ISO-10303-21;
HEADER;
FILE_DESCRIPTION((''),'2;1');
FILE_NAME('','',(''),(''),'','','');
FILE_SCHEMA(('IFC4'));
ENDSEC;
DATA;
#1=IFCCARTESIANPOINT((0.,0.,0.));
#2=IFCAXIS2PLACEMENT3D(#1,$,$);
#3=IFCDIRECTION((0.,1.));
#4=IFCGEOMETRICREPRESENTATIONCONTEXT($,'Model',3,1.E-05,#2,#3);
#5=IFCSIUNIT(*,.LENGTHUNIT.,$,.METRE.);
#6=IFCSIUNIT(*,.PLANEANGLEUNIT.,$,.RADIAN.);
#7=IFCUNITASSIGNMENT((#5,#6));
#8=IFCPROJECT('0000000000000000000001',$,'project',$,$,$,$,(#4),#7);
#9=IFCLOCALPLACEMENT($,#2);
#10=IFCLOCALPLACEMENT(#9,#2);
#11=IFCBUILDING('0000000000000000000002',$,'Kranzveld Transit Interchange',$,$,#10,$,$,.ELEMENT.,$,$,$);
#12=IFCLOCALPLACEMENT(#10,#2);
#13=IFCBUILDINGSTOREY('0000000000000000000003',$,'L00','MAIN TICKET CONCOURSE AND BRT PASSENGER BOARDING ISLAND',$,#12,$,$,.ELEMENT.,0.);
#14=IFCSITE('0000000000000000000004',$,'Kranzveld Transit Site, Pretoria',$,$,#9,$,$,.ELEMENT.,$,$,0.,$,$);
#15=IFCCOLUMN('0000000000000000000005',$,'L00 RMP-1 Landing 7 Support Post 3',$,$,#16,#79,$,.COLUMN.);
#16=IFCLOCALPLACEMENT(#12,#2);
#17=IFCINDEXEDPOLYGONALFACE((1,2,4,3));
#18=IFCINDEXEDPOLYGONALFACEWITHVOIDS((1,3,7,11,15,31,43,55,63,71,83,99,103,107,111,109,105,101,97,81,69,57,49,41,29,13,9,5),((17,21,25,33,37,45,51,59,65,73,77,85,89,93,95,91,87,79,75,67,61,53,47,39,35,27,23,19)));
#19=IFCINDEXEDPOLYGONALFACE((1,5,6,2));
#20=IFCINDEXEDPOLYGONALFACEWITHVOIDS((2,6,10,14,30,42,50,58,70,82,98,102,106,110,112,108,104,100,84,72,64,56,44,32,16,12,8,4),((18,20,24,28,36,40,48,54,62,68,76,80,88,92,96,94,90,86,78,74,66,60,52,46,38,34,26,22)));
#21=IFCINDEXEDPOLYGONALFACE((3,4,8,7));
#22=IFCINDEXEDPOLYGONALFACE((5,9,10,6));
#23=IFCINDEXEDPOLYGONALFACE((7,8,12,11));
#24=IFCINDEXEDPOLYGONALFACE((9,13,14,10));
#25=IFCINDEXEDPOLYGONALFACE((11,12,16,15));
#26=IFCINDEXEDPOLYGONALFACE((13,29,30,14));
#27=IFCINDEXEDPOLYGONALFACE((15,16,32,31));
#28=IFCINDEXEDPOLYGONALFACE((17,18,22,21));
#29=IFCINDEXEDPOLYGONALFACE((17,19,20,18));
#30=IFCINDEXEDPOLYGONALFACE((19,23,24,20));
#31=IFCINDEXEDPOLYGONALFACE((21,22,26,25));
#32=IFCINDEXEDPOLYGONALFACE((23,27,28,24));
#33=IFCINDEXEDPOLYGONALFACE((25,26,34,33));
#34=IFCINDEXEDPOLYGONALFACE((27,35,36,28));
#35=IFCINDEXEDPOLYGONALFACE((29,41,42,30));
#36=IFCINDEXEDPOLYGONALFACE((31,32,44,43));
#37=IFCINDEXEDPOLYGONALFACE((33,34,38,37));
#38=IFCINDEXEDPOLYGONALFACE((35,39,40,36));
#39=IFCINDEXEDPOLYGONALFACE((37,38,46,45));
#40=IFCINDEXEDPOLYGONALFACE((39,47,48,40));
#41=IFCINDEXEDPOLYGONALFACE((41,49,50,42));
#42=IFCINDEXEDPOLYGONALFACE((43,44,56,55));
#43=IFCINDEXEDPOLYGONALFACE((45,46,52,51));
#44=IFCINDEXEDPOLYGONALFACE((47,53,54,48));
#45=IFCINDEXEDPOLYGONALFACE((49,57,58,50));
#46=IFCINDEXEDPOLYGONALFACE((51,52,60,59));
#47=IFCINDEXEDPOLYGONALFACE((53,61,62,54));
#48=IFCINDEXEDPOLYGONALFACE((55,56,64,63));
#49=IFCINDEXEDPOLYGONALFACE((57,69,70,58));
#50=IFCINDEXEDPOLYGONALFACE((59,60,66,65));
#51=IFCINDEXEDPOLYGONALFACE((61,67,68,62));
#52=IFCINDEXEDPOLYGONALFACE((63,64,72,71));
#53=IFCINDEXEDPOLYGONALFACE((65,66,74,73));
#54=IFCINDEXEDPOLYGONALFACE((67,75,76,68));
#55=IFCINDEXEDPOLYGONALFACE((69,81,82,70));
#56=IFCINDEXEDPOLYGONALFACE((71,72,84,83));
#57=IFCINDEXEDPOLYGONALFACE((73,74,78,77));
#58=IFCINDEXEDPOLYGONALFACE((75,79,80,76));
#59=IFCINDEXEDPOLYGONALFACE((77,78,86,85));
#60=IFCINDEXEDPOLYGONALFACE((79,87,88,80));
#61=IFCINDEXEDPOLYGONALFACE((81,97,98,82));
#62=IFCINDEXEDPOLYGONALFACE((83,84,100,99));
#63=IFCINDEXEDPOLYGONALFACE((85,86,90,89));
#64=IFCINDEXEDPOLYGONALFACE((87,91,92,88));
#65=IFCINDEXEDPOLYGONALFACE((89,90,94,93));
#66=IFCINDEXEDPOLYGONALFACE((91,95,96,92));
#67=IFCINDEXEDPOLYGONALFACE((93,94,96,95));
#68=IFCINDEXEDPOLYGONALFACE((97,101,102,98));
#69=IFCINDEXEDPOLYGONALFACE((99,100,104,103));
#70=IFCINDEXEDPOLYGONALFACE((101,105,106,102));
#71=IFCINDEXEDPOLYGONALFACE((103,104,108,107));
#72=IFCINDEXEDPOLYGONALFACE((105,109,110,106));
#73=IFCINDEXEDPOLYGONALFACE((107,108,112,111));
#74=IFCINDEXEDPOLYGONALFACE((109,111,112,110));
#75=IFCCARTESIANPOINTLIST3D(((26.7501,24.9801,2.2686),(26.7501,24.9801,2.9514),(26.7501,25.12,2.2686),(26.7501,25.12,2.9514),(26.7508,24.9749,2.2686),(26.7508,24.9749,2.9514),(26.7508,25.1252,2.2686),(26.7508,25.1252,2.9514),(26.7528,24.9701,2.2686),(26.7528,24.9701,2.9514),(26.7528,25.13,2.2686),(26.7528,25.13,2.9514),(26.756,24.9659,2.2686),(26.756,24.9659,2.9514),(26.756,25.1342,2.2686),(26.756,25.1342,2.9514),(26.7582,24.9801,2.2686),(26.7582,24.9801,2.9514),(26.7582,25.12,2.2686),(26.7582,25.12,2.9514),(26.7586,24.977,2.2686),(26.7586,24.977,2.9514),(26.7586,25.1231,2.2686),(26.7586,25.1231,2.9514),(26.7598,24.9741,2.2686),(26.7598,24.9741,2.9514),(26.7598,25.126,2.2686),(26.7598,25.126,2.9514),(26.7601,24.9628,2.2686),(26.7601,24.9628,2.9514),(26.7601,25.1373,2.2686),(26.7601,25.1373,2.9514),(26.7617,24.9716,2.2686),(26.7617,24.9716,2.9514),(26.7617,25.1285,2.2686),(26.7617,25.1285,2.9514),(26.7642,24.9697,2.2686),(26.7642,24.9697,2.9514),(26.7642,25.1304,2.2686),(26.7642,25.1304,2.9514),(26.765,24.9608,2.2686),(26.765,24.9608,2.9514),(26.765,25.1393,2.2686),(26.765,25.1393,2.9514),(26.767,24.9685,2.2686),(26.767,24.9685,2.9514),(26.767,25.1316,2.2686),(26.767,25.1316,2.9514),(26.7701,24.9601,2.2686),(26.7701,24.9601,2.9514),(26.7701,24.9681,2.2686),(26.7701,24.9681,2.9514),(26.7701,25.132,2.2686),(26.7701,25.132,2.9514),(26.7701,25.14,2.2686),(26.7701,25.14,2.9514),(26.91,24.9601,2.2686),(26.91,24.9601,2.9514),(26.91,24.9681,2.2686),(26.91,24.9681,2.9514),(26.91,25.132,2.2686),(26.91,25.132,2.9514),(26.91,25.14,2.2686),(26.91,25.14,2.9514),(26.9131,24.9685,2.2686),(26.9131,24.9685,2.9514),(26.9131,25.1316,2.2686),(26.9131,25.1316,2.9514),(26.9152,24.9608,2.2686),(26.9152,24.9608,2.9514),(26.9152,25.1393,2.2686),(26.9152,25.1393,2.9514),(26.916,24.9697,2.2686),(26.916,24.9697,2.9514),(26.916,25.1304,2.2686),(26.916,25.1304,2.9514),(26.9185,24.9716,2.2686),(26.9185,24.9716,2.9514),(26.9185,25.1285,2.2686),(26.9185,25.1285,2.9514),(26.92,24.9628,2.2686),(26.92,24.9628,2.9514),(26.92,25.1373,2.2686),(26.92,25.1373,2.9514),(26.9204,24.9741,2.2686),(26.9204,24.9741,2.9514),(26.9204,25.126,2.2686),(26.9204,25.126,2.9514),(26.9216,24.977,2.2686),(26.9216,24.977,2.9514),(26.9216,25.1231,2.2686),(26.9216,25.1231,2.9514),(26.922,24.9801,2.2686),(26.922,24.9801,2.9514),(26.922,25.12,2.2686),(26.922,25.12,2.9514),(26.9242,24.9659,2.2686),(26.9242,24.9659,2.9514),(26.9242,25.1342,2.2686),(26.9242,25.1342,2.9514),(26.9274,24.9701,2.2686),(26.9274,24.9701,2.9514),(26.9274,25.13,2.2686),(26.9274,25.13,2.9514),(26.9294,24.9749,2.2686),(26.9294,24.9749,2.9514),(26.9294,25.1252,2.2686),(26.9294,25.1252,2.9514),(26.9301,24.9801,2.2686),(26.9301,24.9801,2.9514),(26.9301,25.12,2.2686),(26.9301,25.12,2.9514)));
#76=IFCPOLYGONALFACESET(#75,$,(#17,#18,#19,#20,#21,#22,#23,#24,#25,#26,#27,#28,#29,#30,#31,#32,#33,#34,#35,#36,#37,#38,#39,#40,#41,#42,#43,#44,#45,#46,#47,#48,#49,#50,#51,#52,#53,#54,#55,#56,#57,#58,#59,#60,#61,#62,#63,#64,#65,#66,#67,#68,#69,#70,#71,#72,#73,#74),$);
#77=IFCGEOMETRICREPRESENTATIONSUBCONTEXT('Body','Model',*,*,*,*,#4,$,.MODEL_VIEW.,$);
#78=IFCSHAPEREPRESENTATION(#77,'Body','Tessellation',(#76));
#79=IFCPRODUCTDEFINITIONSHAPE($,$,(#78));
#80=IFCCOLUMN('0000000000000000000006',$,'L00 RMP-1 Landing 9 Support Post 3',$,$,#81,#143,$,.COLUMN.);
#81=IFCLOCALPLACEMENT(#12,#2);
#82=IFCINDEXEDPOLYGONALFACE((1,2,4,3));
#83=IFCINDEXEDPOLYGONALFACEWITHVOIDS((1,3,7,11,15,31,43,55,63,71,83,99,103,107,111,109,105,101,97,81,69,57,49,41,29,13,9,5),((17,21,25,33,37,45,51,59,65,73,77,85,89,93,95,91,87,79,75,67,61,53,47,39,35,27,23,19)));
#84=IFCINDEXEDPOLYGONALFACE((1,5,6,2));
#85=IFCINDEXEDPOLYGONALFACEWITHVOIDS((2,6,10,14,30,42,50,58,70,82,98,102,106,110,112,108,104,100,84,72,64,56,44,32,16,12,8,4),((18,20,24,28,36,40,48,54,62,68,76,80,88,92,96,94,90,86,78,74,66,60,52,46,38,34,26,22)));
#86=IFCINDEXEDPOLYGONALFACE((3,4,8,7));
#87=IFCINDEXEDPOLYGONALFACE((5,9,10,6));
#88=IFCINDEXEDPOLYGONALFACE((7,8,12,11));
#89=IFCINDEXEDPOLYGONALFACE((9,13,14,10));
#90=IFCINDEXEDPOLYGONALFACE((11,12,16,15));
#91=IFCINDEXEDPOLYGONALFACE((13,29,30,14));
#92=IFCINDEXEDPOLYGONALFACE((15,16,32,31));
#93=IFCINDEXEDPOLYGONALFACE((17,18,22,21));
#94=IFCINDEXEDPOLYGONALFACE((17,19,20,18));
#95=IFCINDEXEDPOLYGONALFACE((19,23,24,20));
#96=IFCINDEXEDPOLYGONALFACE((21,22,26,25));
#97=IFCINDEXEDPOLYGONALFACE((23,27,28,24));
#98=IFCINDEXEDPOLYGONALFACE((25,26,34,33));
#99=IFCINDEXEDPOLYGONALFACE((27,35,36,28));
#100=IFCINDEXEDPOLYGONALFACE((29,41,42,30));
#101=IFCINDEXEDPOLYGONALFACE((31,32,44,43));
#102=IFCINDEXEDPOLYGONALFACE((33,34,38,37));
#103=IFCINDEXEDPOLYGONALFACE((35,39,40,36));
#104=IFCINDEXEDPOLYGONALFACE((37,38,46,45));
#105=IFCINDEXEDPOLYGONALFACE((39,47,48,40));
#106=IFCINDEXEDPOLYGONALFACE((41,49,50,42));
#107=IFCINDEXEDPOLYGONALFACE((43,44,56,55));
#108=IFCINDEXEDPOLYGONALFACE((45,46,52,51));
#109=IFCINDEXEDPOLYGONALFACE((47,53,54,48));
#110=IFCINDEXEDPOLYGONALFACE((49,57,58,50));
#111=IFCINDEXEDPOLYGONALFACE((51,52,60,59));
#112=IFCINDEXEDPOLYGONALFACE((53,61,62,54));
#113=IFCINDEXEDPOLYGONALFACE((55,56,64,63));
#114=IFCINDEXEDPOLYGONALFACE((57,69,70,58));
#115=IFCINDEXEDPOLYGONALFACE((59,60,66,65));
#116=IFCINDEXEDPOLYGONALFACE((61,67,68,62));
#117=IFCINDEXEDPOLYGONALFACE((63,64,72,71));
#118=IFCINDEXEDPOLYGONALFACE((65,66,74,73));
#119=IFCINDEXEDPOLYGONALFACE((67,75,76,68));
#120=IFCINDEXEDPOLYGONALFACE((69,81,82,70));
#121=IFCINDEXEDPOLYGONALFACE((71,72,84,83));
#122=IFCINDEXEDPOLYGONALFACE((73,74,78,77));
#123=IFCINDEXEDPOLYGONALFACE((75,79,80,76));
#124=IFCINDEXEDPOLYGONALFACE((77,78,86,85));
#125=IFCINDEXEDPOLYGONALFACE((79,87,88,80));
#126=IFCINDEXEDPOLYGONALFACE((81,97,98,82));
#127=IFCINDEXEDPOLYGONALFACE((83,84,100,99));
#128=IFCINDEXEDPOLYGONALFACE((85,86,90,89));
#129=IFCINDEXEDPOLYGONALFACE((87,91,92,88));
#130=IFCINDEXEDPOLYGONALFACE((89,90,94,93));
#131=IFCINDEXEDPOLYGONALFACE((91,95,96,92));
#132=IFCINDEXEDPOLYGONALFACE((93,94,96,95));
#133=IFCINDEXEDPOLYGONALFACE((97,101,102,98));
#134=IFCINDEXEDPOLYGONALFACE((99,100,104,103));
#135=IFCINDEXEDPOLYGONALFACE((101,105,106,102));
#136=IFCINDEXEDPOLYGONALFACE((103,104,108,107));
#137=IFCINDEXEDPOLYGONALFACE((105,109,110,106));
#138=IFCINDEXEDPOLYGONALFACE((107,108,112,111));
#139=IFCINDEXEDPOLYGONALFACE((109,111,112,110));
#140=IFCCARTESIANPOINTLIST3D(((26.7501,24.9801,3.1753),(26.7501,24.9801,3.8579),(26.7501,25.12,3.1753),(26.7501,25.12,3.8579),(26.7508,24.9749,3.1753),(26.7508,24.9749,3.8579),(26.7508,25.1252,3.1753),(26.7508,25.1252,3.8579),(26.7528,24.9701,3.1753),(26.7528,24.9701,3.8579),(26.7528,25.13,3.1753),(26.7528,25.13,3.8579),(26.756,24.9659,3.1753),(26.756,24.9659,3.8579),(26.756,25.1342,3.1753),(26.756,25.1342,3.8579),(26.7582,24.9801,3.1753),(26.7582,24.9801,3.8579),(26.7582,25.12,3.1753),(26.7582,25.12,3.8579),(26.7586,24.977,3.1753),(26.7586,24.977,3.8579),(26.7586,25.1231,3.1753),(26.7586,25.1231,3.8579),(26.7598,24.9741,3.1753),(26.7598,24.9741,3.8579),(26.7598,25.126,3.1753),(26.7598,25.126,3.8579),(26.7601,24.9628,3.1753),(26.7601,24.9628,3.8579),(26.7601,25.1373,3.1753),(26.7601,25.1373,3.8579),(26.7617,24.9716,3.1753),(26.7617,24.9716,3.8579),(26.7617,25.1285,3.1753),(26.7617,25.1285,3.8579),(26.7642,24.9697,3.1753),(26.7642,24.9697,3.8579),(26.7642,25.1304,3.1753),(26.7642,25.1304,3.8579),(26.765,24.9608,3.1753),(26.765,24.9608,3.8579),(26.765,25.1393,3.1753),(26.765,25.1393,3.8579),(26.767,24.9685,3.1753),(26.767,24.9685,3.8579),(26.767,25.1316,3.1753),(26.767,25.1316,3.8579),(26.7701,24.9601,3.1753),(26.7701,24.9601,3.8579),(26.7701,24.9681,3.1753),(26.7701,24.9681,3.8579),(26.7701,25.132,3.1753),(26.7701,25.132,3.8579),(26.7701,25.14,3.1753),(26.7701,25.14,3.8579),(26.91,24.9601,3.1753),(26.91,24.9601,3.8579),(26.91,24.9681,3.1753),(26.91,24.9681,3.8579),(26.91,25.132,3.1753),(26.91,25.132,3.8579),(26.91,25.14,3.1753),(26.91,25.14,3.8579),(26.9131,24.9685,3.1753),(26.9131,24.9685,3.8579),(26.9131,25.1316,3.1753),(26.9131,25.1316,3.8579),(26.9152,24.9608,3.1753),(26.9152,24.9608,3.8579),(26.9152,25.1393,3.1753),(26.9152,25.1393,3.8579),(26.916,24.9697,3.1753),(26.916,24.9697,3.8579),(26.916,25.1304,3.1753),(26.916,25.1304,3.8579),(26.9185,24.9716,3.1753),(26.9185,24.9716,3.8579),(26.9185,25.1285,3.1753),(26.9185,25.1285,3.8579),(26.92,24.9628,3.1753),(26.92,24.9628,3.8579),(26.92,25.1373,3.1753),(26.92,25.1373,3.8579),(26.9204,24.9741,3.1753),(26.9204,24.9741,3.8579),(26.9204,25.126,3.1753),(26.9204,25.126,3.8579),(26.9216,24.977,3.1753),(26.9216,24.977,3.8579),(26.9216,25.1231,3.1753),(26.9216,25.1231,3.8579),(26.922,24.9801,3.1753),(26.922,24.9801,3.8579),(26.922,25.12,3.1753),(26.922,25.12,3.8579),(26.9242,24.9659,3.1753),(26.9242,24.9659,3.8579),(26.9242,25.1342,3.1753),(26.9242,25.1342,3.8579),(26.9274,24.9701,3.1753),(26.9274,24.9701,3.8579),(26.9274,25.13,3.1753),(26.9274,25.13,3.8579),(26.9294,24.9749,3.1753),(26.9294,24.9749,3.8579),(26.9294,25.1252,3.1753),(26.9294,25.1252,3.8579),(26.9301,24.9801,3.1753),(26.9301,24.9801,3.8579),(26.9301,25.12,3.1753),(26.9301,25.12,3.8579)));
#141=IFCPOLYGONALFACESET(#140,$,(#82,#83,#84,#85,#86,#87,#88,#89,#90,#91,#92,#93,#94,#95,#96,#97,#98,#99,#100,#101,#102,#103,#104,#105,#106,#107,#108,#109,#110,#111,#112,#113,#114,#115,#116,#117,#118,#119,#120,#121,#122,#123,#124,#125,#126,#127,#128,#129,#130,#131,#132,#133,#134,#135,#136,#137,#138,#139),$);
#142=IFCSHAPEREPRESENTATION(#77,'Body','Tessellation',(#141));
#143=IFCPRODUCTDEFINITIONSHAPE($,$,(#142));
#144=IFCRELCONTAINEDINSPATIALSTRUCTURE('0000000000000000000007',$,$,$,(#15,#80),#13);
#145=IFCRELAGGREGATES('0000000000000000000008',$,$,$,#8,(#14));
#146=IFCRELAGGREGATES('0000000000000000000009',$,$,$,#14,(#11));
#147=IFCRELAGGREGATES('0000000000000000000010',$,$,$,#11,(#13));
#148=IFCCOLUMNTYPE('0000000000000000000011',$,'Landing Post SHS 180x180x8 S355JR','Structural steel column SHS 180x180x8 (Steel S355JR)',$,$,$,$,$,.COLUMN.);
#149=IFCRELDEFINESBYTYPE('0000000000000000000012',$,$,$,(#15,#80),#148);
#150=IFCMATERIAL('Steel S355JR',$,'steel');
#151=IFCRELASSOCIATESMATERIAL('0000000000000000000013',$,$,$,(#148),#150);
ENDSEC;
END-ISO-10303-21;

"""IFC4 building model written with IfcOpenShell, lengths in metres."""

from ifc_helpers import new_model, si_unit, direction, frame, origin, origin_2d, place, context, subcontext, project, spatial, hollow_rectangle, extrude, material, material_profile, profile_set, type_object, element, save


model = new_model("IFC4")

# Units and contexts
model_context = context("Model", 3, precision=1e-05, world=origin(), true_north=direction((0.0, 1.0)))
body_context = subcontext(model_context, "Body", "Model", "MODEL_VIEW")
ifc_project = project(units=[si_unit("LENGTHUNIT", "METRE"), si_unit("PLANEANGLEUNIT", "RADIAN")], contexts=[model_context])

# Site, building, storey
site_placement = place(None, origin())
site = spatial("IfcSite", under=ifc_project, at=site_placement, Name="Kranzveld Transit Site, Pretoria", CompositionType="ELEMENT", RefElevation=0.0)
building_placement = place(site_placement, origin())
building = spatial("IfcBuilding", under=site, at=building_placement, Name="Kranzveld Transit Interchange", CompositionType="ELEMENT")
storey_placement = place(building_placement, origin())
storey = spatial("IfcBuildingStorey", under=building, at=storey_placement, Name="L00", Description="MAIN TICKET CONCOURSE AND BRT PASSENGER BOARDING ISLAND", CompositionType="ELEMENT", Elevation=0.0)

# Columns
ifc_material_1 = material(Name="Steel S355JR", Category="steel")
ifc_material_profile_1 = material_profile(ifc_material_1, hollow_rectangle(XDim=0.1799, YDim=0.1799, WallThickness=0.0081, InnerFilletRadius=0.012, OuterFilletRadius=0.02, at=origin_2d()), Name="SHS 180x180x8")
ifc_profile_set_1 = profile_set([ifc_material_profile_1], Name="Steel S355JR")
column_type = type_object("IfcColumnType", Name="Landing Post SHS 180x180x8 S355JR", Description="Structural steel column SHS 180x180x8 (Steel S355JR)", PredefinedType="COLUMN", material=ifc_profile_set_1)
column_1_placement = place(storey_placement, frame((26.8401, 25.05, 2.2686), z_axis=(0.0, 0.0, 1.0), x_axis=(1.0, 0.0, 0.0)))
element("IfcColumn", 1, at=column_1_placement, inside=storey, type_object=column_type, Name="L00 RMP-1 Landing 7 Support Post 3", PredefinedType="COLUMN", context=body_context, shape_type="SweptSolid", body=[
    extrude(hollow_rectangle(XDim=0.1799, YDim=0.1799, WallThickness=0.0081, InnerFilletRadius=0.012, OuterFilletRadius=0.02, at=origin_2d()), origin(), (0.0, 0.0, 1.0), 0.6829),
])
for number, where, z_axis, x_axis, name in (
    (2, (26.8401, 25.05, 3.1753), (0.0, 0.0, 1.0), (1.0, 0.0, 0.0), "L00 RMP-1 Landing 9 Support Post 3"),
):
    element("IfcColumn", number, at=place(storey_placement, frame(where, z_axis=z_axis, x_axis=x_axis)), inside=storey, type_object=column_type, Name=name, PredefinedType="COLUMN", context=body_context, shape_type="SweptSolid", body=[
        extrude(hollow_rectangle(XDim=0.1799, YDim=0.1799, WallThickness=0.0081, InnerFilletRadius=0.012, OuterFilletRadius=0.02, at=origin_2d()), origin(), (0.0, 0.0, 1.0), 0.6826),
    ])

save(model, "model.ifc")
